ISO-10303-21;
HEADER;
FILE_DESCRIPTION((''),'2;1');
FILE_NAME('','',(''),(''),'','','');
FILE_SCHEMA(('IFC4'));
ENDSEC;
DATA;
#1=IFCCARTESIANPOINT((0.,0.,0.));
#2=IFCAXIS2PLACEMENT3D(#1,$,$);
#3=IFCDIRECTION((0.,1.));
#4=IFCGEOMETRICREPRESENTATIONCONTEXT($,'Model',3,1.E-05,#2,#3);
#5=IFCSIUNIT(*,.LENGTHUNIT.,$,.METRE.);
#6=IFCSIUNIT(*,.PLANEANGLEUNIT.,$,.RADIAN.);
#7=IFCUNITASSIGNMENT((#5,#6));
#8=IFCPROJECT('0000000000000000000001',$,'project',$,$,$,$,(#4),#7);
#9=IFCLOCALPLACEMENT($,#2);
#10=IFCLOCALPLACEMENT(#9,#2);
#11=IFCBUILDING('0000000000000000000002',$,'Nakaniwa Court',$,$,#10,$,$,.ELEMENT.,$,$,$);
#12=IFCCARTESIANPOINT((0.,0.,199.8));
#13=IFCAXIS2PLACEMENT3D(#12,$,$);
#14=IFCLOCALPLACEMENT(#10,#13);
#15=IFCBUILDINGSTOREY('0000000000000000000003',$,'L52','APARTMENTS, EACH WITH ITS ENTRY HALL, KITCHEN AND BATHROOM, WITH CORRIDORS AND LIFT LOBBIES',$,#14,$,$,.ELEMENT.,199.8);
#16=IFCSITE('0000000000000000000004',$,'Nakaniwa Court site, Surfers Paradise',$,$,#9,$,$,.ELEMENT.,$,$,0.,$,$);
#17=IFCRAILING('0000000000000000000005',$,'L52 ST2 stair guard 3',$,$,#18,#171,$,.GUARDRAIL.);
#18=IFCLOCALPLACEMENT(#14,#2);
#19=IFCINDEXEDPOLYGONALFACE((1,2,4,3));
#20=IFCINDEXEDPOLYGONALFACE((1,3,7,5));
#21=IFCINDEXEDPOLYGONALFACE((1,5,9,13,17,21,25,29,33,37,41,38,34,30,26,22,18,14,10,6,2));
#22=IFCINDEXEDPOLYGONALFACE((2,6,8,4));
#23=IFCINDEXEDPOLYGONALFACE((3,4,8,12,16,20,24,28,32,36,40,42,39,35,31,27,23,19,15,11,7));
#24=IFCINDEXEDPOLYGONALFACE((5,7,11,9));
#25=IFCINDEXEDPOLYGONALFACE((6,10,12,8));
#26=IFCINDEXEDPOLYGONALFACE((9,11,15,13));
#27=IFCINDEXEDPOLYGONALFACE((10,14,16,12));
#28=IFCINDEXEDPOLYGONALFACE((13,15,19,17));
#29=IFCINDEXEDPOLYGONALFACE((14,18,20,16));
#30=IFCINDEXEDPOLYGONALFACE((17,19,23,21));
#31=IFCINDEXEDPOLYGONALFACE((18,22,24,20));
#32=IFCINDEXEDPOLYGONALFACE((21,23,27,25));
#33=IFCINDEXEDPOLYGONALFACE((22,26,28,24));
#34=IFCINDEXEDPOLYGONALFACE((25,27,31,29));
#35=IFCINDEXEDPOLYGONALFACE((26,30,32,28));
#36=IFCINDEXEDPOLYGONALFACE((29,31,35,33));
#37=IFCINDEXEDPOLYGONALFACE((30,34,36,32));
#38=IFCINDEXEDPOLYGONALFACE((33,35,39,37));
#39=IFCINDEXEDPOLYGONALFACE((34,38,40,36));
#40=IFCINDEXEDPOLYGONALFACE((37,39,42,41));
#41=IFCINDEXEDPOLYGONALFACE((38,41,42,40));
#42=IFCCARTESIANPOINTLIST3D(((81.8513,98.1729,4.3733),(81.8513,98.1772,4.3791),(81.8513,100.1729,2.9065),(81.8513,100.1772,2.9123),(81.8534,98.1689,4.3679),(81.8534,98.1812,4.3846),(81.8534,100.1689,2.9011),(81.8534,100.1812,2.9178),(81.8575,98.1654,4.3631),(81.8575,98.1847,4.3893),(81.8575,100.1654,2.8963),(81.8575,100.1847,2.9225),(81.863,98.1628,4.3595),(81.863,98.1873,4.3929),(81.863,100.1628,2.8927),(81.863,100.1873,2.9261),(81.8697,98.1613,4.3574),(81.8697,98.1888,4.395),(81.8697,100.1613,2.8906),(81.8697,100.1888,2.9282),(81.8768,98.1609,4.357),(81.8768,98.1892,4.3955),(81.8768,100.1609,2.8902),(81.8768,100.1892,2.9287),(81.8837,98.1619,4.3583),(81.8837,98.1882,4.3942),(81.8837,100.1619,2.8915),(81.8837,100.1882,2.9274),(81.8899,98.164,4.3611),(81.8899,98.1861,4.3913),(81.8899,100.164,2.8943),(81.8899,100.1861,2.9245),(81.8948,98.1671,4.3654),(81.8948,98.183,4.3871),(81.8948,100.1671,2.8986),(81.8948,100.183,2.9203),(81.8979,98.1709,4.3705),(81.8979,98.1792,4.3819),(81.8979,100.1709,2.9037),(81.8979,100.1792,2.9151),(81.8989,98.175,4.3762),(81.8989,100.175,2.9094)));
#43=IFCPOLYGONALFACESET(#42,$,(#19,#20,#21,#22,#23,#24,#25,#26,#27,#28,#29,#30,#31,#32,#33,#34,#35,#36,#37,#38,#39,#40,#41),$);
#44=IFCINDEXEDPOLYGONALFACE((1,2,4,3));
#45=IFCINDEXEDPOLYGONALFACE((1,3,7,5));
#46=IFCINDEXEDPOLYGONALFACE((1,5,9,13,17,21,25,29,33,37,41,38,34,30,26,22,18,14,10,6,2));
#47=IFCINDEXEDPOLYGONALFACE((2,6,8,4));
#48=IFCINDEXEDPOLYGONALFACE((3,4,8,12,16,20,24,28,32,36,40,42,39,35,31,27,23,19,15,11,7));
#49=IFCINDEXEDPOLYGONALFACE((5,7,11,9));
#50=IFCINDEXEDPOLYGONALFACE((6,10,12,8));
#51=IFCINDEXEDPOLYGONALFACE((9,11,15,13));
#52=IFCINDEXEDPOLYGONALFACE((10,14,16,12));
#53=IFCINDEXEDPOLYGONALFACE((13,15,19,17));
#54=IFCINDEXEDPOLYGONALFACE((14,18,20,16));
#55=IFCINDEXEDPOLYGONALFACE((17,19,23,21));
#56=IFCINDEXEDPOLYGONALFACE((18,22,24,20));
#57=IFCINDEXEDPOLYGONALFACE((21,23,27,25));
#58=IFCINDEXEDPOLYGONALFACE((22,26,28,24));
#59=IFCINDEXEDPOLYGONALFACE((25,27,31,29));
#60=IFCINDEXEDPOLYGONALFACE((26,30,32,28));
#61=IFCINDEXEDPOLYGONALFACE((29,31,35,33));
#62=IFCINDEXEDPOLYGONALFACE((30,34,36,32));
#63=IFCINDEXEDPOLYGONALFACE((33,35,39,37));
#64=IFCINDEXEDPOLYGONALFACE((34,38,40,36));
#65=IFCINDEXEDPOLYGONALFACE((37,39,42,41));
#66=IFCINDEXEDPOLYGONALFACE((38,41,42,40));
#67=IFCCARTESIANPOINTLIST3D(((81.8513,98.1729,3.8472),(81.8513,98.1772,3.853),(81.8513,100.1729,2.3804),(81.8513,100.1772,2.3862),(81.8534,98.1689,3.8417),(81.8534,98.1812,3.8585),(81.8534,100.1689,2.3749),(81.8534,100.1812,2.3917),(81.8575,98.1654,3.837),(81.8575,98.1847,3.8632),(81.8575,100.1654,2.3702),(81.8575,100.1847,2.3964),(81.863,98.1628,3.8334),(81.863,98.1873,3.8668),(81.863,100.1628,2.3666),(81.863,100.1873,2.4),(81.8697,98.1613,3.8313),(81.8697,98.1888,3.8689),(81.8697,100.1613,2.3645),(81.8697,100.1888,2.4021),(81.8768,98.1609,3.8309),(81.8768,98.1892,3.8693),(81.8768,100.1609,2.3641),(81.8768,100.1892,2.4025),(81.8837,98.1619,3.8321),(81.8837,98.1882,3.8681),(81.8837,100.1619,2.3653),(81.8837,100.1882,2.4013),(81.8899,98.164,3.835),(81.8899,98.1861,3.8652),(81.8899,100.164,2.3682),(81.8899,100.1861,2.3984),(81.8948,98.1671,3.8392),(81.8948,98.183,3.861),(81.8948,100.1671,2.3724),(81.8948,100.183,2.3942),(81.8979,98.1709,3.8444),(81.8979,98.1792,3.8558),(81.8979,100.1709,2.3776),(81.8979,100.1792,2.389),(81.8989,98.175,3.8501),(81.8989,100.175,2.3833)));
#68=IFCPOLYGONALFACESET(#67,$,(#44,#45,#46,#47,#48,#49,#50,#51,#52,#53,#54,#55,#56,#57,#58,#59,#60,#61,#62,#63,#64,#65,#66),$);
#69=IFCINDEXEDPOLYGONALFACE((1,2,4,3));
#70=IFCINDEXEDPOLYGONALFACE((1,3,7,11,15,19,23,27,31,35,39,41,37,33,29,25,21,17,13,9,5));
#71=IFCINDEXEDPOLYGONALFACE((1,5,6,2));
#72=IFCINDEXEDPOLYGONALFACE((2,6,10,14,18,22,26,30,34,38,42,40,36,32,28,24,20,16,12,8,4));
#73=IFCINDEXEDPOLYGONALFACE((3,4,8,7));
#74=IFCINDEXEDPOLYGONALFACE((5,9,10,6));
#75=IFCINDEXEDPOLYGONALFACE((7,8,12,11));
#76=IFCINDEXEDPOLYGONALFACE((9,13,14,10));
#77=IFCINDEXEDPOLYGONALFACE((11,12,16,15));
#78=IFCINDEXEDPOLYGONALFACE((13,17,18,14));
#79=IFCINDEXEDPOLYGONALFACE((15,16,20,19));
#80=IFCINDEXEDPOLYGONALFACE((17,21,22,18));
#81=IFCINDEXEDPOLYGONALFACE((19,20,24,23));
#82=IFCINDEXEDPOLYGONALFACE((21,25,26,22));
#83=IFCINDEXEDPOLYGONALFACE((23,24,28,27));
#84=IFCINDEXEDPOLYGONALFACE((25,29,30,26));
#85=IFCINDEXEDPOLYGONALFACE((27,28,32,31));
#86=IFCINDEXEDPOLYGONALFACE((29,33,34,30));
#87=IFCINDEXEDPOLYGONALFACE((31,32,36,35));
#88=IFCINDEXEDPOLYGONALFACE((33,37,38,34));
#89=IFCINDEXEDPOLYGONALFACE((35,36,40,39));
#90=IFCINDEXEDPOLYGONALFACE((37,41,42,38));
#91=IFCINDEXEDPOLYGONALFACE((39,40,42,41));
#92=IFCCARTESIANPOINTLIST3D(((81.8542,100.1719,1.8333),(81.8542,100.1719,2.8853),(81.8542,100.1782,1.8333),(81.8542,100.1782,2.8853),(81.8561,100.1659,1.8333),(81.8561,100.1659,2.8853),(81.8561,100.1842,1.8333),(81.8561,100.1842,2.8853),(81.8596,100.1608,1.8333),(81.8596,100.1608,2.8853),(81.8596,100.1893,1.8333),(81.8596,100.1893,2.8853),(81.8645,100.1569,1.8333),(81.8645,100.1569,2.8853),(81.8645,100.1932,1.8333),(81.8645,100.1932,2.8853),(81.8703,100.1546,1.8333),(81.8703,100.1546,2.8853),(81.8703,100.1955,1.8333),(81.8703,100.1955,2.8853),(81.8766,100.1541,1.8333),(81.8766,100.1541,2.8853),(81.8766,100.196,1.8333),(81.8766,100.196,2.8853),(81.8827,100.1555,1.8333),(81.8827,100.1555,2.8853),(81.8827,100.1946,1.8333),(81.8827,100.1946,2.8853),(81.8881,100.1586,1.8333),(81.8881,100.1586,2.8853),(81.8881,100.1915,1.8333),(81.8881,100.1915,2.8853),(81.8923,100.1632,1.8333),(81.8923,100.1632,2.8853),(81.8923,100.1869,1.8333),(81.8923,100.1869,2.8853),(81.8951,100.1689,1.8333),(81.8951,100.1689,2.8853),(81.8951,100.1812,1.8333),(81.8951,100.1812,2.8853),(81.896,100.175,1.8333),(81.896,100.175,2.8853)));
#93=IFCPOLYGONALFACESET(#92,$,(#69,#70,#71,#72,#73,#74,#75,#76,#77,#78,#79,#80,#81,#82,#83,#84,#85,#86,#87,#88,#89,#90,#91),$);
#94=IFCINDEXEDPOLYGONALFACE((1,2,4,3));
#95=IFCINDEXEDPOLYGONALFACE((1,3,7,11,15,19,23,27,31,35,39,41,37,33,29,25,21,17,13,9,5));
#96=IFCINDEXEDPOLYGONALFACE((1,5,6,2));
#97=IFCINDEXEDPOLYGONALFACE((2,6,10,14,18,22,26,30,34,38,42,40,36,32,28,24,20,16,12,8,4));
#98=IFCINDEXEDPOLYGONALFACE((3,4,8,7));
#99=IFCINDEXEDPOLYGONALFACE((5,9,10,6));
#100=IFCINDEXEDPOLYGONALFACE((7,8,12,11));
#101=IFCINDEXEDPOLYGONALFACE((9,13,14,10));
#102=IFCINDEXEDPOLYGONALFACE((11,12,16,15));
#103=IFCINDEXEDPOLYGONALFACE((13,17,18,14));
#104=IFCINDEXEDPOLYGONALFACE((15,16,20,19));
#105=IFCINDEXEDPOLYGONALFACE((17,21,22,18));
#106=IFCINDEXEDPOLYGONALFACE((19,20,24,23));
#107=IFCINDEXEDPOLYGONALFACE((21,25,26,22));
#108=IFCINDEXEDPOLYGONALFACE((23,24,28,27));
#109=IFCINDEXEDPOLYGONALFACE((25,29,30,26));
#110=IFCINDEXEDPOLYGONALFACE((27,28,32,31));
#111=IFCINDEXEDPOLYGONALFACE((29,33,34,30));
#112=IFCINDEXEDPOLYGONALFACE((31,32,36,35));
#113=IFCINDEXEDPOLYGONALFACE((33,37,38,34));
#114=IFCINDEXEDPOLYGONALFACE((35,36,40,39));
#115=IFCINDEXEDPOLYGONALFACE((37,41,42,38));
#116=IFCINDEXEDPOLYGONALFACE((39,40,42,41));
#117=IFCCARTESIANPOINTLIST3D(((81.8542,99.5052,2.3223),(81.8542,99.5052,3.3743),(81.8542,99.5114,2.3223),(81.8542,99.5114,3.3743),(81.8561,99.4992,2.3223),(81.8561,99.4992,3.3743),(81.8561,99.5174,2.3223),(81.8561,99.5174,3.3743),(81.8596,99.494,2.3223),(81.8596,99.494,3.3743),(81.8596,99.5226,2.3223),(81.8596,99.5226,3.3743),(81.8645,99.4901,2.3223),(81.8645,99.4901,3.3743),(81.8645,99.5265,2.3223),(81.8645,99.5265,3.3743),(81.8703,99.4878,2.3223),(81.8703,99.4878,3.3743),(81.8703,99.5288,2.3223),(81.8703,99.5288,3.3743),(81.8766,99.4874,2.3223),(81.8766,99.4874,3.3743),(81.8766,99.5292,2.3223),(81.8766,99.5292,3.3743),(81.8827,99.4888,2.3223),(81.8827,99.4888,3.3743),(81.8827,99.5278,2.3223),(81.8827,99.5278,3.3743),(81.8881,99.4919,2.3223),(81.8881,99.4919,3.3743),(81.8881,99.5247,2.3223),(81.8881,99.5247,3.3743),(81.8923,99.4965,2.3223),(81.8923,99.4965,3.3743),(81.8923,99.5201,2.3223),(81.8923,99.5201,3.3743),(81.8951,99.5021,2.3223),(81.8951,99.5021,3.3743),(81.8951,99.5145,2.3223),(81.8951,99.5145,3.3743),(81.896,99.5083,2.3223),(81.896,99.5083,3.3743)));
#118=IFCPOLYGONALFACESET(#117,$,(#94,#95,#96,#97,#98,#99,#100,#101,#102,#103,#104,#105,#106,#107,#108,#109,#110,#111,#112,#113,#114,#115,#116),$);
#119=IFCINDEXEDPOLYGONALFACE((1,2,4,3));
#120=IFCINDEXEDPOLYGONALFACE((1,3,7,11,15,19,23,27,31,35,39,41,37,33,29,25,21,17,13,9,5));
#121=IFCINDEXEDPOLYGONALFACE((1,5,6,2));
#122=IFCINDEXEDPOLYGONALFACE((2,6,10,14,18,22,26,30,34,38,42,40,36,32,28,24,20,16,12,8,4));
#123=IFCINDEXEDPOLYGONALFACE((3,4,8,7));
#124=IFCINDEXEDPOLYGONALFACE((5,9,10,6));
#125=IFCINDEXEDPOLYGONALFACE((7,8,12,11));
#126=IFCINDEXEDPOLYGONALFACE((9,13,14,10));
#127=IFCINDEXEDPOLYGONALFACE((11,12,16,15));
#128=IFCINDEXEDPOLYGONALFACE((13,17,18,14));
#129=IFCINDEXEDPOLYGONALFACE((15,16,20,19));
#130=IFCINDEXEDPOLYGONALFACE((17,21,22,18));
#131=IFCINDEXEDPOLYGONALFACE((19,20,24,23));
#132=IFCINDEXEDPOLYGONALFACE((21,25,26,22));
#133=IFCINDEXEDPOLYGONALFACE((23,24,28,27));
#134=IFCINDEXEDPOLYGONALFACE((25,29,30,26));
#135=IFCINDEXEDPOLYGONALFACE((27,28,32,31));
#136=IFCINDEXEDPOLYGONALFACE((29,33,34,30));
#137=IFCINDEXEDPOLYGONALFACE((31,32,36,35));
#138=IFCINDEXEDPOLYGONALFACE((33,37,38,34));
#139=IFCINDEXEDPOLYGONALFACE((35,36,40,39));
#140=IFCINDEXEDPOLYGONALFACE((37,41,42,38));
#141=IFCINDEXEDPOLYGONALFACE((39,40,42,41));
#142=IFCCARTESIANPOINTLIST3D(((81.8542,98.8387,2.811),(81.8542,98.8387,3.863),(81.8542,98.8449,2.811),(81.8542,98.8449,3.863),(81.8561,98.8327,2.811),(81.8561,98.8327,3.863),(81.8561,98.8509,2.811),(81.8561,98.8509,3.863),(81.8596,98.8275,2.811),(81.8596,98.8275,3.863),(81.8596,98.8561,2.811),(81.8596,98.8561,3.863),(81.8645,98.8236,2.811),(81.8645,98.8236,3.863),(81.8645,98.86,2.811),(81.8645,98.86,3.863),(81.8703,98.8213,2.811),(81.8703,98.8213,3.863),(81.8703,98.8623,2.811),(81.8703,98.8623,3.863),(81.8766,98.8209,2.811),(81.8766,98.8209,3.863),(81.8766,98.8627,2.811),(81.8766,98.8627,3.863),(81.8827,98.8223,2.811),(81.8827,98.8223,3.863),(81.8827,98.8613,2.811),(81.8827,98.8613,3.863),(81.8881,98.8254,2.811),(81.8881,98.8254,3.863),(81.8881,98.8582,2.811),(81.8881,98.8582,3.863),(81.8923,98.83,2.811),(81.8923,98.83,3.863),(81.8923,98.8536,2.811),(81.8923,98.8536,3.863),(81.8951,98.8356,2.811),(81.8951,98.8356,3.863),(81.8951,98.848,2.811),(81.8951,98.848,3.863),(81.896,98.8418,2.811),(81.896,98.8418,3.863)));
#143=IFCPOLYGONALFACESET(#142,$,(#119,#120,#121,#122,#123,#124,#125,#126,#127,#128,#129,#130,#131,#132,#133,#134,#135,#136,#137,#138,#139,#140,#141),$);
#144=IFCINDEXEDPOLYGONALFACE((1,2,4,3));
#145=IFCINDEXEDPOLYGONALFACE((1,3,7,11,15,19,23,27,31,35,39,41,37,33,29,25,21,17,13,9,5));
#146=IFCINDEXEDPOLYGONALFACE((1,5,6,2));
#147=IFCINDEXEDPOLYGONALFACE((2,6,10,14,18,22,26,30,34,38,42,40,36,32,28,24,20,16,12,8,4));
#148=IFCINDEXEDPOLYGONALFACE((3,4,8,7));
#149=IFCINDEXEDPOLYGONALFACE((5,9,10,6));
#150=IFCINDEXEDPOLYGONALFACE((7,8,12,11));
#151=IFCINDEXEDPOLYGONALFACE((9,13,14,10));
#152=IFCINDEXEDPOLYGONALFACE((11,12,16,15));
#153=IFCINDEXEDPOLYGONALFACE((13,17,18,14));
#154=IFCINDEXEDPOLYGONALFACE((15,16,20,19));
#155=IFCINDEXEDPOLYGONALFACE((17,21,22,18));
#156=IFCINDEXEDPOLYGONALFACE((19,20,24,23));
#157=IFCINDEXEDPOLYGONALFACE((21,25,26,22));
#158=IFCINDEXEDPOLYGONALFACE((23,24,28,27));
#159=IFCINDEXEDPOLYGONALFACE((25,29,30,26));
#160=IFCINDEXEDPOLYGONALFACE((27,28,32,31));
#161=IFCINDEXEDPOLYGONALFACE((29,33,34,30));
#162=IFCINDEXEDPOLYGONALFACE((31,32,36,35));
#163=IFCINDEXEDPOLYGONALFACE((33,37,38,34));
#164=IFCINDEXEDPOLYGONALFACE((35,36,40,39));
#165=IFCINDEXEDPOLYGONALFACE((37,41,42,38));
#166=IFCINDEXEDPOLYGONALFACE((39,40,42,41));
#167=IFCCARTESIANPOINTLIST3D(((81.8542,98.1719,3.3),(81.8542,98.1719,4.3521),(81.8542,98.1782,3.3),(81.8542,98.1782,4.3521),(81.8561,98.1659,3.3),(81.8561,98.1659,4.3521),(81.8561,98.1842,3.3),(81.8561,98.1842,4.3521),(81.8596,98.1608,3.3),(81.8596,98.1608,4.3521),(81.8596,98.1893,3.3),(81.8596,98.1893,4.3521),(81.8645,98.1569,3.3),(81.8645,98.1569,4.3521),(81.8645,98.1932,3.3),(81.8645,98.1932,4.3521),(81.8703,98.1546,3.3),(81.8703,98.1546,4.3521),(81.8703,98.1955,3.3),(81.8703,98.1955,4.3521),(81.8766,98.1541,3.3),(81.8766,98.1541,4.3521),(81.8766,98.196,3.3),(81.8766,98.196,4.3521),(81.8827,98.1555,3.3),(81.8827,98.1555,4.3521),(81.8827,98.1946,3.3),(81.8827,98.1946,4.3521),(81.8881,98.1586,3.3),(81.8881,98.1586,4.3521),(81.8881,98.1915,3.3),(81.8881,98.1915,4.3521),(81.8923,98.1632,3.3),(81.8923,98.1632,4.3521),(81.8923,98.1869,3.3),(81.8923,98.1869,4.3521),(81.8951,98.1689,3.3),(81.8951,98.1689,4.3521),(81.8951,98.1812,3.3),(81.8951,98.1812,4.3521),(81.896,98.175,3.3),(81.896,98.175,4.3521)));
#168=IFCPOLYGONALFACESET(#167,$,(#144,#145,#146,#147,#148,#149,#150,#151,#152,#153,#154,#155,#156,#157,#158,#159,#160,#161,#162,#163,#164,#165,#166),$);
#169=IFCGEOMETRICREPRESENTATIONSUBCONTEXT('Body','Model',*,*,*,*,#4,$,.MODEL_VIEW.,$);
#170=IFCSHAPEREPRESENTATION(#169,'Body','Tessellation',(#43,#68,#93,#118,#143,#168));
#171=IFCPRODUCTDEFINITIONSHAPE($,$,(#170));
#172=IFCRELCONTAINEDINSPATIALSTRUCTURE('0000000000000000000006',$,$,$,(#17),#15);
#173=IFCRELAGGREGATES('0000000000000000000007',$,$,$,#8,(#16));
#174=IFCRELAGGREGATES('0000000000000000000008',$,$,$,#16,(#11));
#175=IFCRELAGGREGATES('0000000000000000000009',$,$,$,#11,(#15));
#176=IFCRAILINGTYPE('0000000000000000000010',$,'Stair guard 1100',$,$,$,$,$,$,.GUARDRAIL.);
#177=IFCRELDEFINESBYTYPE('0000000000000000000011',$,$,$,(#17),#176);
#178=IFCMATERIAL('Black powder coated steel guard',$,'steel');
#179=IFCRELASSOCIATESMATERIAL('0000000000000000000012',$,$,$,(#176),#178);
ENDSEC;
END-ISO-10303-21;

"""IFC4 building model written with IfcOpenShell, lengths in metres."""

from ifc_helpers import new_model, si_unit, direction, frame, origin, origin_2d, place, context, subcontext, project, spatial, circle, extrude, material, type_object, element, save


model = new_model("IFC4")

# Units and contexts
model_context = context("Model", 3, precision=1e-05, world=origin(), true_north=direction((0.0, 1.0)))
body_context = subcontext(model_context, "Body", "Model", "MODEL_VIEW")
ifc_project = project(units=[si_unit("LENGTHUNIT", "METRE"), si_unit("PLANEANGLEUNIT", "RADIAN")], contexts=[model_context])

# Site, building, storey
site_placement = place(None, origin())
site = spatial("IfcSite", under=ifc_project, at=site_placement, Name="Nakaniwa Court site, Surfers Paradise", CompositionType="ELEMENT", RefElevation=0.0)
building_placement = place(site_placement, origin())
building = spatial("IfcBuilding", under=site, at=building_placement, Name="Nakaniwa Court", CompositionType="ELEMENT")
storey_placement = place(building_placement, frame((0.0, 0.0, 199.8)))
storey = spatial("IfcBuildingStorey", under=building, at=storey_placement, Name="L52", Description="APARTMENTS, EACH WITH ITS ENTRY HALL, KITCHEN AND BATHROOM, WITH CORRIDORS AND LIFT LOBBIES", CompositionType="ELEMENT", Elevation=199.8)

# Railing
ifc_material_1 = material(Name="Black powder coated steel guard", Category="steel")
railing_type_1 = type_object("IfcRailingType", Name="Stair guard 1100", PredefinedType="GUARDRAIL", material=ifc_material_1)
railing_1_placement = place(storey_placement, frame((81.875, 100.175, 1.8333)))
element("IfcRailing", 1, at=railing_1_placement, inside=storey, type_object=railing_type_1, Name="L52 ST2 stair guard 3", PredefinedType="GUARDRAIL", context=body_context, shape_type="SweptSolid", body=[
    extrude(circle(Radius=0.0239, at=origin_2d()), frame((0.0, 0.0, 1.0762), z_axis=(0.0, -0.80638, 0.591398), x_axis=(1.0, 0.0, 0.0)), (0.0, 0.0, 1.0), 2.4802),
    extrude(circle(Radius=0.0239, at=origin_2d()), frame((0.0, 0.0, 0.55), z_axis=(0.0, -0.80638, 0.591398), x_axis=(1.0, 0.0, 0.0)), (0.0, 0.0, 1.0), 2.4802),
    extrude(circle(Radius=0.021, at=origin_2d()), origin(), (0.0, 0.0, 1.0), 1.052),
    extrude(circle(Radius=0.021, at=origin_2d()), frame((0.0, -0.6667, 0.489)), (0.0, 0.0, 1.0), 1.052),
    extrude(circle(Radius=0.021, at=origin_2d()), frame((0.0, -1.3333, 0.9778)), (0.0, 0.0, 1.0), 1.052),
    extrude(circle(Radius=0.021, at=origin_2d()), frame((0.0, -2.0, 1.4668)), (0.0, 0.0, 1.0), 1.052),
])

save(model, "model.ifc")
